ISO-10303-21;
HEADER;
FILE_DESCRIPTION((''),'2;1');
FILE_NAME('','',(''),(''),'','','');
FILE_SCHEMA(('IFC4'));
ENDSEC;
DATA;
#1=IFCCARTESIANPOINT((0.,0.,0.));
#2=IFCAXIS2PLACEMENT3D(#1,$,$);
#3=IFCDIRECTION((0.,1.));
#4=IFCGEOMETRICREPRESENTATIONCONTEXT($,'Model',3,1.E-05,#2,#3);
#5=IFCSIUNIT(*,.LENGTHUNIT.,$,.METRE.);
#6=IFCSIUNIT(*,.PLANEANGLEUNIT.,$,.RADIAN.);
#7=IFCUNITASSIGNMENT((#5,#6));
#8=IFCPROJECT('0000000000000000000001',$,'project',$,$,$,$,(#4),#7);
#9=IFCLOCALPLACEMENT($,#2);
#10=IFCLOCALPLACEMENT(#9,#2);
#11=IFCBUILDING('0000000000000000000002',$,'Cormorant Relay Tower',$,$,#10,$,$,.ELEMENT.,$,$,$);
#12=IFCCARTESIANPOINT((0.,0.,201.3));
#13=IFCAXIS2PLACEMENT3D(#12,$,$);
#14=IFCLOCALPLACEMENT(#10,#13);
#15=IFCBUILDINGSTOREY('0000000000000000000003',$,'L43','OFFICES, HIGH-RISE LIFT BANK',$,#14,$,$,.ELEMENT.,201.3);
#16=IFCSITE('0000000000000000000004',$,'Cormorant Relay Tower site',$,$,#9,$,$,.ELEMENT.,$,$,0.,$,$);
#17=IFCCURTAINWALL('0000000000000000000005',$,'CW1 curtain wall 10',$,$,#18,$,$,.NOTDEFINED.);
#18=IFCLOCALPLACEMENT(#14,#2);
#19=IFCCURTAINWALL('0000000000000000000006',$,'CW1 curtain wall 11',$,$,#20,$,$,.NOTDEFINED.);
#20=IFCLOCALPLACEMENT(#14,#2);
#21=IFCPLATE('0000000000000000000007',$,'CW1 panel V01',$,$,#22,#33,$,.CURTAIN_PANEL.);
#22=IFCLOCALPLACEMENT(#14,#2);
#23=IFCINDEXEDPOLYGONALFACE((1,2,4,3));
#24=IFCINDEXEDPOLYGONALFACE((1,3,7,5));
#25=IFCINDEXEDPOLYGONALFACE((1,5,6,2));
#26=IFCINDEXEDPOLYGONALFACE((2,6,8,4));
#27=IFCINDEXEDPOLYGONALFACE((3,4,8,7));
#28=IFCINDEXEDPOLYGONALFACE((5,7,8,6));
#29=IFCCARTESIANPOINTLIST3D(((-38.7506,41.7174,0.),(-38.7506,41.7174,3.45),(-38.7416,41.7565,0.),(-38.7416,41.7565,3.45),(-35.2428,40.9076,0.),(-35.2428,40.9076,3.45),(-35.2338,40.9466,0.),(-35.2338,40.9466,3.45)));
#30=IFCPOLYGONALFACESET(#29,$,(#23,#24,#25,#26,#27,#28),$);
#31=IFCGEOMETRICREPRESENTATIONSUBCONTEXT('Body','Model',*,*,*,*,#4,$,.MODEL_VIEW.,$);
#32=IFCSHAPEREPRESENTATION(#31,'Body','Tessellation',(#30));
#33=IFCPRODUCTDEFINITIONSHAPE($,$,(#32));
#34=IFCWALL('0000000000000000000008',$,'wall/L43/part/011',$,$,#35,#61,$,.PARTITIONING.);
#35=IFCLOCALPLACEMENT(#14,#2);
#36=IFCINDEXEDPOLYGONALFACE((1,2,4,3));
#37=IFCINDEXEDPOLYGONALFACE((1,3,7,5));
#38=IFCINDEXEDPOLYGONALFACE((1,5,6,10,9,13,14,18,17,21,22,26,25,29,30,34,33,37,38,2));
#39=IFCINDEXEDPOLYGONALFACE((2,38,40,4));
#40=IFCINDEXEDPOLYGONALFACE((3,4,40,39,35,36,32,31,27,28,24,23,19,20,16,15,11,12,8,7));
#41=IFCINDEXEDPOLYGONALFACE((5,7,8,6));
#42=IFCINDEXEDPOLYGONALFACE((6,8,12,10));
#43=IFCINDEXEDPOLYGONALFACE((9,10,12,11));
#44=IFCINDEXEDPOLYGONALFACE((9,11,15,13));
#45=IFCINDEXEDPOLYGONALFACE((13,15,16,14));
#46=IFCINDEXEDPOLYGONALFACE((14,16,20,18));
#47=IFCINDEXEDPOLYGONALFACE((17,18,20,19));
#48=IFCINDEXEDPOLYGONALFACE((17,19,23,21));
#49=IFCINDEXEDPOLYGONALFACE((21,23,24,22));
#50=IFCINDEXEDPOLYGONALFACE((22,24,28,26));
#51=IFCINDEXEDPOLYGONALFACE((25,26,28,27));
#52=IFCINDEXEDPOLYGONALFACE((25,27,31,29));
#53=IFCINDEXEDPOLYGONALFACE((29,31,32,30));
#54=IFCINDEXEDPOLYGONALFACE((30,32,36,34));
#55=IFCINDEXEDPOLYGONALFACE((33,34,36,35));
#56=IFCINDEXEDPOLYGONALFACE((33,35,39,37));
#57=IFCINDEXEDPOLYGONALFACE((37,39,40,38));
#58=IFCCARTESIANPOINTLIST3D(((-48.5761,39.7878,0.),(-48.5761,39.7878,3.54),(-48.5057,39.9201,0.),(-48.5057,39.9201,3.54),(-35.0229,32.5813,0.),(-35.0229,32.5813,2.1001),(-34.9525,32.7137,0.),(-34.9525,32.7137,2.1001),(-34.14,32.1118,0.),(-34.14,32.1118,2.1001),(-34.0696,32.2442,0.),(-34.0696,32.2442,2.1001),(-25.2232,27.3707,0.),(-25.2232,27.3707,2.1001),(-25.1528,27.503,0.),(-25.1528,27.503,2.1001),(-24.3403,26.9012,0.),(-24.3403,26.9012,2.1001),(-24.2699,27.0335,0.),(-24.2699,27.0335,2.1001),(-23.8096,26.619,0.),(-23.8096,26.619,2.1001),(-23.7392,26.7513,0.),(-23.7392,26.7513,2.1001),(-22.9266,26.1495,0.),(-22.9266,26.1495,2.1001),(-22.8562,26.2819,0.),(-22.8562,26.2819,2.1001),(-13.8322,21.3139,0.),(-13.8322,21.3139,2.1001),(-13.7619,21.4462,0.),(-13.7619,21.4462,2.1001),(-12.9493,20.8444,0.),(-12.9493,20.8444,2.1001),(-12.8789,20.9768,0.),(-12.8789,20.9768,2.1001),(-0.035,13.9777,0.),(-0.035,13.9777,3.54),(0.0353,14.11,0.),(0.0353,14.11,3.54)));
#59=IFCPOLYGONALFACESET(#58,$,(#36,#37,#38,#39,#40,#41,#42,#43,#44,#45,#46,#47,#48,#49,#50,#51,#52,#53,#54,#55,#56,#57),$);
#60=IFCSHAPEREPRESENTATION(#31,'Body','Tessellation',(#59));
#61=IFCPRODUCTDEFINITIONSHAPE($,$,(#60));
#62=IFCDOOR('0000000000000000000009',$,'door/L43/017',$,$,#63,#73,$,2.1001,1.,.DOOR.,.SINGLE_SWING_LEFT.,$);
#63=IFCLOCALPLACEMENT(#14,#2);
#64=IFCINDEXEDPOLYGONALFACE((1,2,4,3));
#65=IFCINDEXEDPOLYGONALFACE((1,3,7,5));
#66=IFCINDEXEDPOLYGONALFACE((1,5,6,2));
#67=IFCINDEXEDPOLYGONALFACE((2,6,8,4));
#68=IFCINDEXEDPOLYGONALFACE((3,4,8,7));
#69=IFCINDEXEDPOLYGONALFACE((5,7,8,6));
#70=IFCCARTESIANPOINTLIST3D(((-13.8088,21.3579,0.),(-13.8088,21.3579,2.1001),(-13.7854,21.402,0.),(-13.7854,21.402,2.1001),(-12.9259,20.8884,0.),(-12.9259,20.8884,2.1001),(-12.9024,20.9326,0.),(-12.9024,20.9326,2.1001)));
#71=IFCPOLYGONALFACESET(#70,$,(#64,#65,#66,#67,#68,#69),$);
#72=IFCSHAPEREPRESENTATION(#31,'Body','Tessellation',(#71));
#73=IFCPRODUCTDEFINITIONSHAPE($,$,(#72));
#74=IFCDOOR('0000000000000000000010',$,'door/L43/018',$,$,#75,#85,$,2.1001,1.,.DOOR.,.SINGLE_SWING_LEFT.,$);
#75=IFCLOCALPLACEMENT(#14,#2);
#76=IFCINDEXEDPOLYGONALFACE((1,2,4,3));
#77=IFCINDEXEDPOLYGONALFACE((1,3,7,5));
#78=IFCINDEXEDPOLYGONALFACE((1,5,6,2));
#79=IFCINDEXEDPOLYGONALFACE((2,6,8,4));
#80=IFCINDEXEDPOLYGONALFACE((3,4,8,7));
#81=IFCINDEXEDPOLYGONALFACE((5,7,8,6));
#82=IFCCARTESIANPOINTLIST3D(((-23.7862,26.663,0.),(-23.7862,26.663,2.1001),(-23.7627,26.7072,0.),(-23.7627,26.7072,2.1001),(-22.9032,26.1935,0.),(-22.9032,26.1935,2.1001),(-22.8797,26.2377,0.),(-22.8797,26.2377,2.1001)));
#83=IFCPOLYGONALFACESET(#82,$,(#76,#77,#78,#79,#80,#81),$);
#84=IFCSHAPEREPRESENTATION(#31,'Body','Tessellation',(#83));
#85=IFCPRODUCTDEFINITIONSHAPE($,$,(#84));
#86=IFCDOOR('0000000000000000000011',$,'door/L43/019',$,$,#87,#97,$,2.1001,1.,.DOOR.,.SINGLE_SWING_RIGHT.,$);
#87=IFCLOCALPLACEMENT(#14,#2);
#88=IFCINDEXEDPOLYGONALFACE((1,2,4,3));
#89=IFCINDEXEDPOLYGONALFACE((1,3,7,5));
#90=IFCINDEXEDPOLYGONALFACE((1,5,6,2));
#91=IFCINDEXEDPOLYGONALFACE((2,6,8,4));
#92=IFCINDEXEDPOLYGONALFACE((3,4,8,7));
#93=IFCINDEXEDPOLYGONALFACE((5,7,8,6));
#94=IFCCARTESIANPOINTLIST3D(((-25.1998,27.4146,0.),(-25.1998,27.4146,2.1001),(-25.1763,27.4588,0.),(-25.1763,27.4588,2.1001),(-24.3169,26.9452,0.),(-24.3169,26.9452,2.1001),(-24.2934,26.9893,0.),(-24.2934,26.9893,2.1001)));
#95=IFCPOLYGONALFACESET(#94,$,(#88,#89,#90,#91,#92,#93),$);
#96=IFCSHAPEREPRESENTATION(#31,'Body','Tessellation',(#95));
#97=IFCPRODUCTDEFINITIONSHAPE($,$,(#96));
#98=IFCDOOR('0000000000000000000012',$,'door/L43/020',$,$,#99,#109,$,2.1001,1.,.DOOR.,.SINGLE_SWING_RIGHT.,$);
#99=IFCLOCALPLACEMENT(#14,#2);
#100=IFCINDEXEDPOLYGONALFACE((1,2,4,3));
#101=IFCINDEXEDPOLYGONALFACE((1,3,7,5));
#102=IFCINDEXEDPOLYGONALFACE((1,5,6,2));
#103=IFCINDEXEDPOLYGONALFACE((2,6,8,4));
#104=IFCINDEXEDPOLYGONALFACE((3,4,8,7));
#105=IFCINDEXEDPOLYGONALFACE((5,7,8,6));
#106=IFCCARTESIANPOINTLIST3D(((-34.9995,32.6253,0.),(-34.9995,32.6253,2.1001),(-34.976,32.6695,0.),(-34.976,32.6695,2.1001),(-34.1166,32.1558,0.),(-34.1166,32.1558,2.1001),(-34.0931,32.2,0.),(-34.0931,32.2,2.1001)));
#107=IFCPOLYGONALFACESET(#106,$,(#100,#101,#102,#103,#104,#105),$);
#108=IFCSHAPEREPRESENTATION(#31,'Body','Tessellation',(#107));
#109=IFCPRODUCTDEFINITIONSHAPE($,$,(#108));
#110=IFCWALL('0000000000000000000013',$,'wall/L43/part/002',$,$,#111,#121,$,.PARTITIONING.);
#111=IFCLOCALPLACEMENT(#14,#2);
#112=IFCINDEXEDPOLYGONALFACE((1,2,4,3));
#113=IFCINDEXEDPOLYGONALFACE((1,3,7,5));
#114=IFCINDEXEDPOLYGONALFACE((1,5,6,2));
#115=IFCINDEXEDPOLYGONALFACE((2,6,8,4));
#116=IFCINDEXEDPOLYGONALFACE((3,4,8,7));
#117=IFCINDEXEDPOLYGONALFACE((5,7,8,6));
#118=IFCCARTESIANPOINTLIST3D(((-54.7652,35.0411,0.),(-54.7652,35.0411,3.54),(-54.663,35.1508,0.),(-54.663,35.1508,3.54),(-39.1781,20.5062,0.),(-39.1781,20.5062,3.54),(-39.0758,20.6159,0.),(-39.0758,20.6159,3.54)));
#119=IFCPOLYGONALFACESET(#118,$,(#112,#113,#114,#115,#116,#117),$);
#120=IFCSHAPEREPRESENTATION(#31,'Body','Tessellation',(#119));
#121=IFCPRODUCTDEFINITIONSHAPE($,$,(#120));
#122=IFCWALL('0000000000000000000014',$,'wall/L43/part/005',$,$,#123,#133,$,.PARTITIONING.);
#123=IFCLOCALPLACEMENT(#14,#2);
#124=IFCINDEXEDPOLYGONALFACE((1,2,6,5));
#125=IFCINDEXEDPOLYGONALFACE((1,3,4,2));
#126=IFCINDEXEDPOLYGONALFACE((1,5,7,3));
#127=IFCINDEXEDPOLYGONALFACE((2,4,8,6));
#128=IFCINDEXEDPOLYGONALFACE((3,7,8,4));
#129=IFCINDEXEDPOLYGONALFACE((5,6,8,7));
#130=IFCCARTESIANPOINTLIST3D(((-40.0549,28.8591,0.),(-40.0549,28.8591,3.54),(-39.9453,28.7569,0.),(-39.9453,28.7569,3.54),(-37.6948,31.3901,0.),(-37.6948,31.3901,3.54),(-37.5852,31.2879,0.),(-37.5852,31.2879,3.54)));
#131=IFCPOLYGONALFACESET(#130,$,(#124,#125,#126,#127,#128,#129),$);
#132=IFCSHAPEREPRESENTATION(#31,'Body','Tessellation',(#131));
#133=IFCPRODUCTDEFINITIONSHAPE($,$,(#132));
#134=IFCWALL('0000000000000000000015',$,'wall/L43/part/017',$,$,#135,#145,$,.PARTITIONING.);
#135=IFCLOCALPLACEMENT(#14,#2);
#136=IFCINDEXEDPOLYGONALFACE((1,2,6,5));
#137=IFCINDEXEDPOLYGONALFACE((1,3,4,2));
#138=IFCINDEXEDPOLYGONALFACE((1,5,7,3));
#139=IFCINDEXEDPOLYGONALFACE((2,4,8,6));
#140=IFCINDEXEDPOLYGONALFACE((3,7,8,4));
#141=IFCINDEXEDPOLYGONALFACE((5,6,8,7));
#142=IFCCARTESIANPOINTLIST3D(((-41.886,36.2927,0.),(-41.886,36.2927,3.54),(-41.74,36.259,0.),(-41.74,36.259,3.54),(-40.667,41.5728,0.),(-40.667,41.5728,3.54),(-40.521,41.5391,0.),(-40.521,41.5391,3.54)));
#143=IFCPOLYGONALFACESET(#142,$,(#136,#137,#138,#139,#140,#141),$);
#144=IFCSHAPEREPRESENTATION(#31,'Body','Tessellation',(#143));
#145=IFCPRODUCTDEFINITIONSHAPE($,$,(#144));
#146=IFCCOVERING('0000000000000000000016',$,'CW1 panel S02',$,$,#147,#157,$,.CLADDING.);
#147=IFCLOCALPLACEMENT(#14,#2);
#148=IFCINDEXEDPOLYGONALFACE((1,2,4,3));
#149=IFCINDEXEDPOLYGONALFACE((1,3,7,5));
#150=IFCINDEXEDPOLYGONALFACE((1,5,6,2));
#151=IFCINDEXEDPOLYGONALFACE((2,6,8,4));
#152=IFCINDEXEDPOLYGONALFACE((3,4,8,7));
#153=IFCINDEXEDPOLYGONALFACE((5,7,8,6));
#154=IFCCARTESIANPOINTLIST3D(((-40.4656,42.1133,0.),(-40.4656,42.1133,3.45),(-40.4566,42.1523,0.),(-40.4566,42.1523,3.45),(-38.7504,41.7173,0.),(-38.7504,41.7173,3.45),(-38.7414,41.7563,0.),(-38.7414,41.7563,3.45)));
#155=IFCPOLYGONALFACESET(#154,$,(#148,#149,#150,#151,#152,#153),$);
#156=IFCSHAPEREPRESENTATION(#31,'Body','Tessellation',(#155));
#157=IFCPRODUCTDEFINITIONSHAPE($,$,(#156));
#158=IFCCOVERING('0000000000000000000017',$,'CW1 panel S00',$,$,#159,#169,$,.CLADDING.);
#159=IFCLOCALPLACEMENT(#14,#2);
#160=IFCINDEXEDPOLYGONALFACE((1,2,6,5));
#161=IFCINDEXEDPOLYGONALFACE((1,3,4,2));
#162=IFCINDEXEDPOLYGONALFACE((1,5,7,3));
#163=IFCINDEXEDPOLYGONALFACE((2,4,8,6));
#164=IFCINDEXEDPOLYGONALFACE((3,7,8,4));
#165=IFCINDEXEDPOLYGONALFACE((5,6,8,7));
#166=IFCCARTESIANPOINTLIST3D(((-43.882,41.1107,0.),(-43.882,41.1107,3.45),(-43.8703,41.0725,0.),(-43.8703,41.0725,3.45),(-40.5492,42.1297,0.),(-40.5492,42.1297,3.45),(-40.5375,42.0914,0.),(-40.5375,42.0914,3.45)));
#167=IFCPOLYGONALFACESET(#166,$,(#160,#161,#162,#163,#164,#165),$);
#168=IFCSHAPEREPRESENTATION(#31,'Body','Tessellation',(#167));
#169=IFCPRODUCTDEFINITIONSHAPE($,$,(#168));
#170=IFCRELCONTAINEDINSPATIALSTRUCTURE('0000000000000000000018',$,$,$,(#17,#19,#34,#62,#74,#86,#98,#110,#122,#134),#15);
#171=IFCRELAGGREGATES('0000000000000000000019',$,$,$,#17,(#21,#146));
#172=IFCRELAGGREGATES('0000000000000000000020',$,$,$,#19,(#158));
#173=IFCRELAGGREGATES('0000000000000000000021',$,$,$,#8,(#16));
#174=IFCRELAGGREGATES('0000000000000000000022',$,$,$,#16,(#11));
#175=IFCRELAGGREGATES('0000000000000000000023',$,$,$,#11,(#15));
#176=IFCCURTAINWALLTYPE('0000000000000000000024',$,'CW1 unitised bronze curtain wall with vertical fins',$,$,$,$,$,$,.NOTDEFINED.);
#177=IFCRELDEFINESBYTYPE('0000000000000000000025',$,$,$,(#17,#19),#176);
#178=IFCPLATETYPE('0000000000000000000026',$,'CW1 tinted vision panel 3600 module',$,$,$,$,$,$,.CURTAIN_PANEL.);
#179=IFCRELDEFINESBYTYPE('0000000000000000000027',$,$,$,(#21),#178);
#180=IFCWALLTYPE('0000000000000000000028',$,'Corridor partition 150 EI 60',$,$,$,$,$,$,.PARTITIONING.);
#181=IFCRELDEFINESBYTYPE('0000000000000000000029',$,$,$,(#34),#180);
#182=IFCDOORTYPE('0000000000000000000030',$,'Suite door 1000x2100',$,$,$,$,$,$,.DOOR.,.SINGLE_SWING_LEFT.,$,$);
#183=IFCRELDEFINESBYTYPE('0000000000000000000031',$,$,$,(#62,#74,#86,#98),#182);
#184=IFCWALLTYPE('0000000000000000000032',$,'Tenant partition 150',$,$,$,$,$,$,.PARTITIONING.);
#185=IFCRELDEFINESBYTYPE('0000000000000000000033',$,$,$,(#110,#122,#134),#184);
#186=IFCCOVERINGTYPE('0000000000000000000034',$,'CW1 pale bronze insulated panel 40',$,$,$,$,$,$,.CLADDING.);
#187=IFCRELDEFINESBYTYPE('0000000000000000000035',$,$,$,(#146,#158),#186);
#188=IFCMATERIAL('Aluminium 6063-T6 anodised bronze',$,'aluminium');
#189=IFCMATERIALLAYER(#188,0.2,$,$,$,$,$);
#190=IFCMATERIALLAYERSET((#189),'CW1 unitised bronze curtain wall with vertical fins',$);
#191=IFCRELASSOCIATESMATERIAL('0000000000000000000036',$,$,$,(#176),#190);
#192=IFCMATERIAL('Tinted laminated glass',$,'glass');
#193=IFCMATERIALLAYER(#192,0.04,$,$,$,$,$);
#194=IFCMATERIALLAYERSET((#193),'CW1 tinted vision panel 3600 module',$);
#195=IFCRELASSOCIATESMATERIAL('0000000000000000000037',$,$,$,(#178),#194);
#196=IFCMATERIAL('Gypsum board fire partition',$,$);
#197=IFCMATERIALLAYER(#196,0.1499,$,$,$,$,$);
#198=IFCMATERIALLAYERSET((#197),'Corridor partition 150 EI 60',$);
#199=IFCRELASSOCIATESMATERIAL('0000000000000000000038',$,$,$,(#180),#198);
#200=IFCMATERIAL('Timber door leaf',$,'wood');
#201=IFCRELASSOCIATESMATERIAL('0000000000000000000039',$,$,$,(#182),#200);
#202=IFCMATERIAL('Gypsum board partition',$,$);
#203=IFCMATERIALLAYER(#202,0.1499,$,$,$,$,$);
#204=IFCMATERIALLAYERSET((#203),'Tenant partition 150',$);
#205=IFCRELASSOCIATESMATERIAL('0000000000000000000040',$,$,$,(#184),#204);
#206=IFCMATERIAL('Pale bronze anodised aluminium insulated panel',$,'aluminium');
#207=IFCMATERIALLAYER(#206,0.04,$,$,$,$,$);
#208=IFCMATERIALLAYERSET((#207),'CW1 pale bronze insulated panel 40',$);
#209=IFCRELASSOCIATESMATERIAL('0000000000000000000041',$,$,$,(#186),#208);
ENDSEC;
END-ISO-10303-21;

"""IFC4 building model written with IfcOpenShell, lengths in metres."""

from ifc_helpers import new_model, si_unit, direction, frame, frame_2d, origin, origin_2d, place, context, subcontext, project, spatial, rectangle, extrude, material, layer, layer_set, type_object, element, fill, aggregate, save


model = new_model("IFC4")

# Units and contexts
model_context = context("Model", 3, precision=1e-05, world=origin(), true_north=direction((0.0, 1.0)))
body_context = subcontext(model_context, "Body", "Model", "MODEL_VIEW")
ifc_project = project(units=[si_unit("LENGTHUNIT", "METRE"), si_unit("PLANEANGLEUNIT", "RADIAN")], contexts=[model_context])

# Site, building, storey
site_placement = place(None, origin())
site = spatial("IfcSite", under=ifc_project, at=site_placement, Name="Cormorant Relay Tower site", CompositionType="ELEMENT", RefElevation=0.0)
building_placement = place(site_placement, origin())
building = spatial("IfcBuilding", under=site, at=building_placement, Name="Cormorant Relay Tower", CompositionType="ELEMENT")
storey_placement = place(building_placement, frame((0.0, 0.0, 201.3)))
storey = spatial("IfcBuildingStorey", under=building, at=storey_placement, Name="L43", Description="OFFICES, HIGH-RISE LIFT BANK", CompositionType="ELEMENT", Elevation=201.3)

# Curtain wall
ifc_material_1 = material(Name="Aluminium 6063-T6 anodised bronze", Category="aluminium")
ifc_layer_1 = layer(ifc_material_1, 0.2)
ifc_layer_set_1 = layer_set([ifc_layer_1], Name="CW1 unitised bronze curtain wall with vertical fins")
curtain_wall_type = type_object("IfcCurtainWallType", Name="CW1 unitised bronze curtain wall with vertical fins", PredefinedType="NOTDEFINED", material=ifc_layer_set_1)
curtain_wall_1_placement = place(storey_placement, origin())
curtain_wall_1 = element("IfcCurtainWall", 1, at=curtain_wall_1_placement, inside=storey, type_object=curtain_wall_type, Name="CW1 curtain wall 10", PredefinedType="NOTDEFINED")

# Curtain wall
curtain_wall_2_placement = place(storey_placement, origin())
curtain_wall_2 = element("IfcCurtainWall", 2, at=curtain_wall_2_placement, inside=storey, type_object=curtain_wall_type, Name="CW1 curtain wall 11", PredefinedType="NOTDEFINED")

# Plate
ifc_material_2 = material(Name="Tinted laminated glass", Category="glass")
ifc_layer_2 = layer(ifc_material_2, 0.04)
ifc_layer_set_2 = layer_set([ifc_layer_2], Name="CW1 tinted vision panel 3600 module")
plate_type_1 = type_object("IfcPlateType", Name="CW1 tinted vision panel 3600 module", PredefinedType="CURTAIN_PANEL", material=ifc_layer_set_2)
plate_1_placement = place(storey_placement, frame((-36.9922, 41.332, 0.0), z_axis=(0.0, 0.0, 1.0), x_axis=(-0.97437, 0.224951, 0.0)))
plate_1 = element("IfcPlate", 3, at=plate_1_placement, type_object=plate_type_1, Name="CW1 panel V01", PredefinedType="CURTAIN_PANEL", context=body_context, shape_type="SweptSolid", body=[
    extrude(rectangle(XDim=3.6001, YDim=0.04, at=origin_2d()), origin(), (0.0, 0.0, 1.0), 3.45),
])

# Wall, openings, doors
ifc_material_3 = material(Name="Gypsum board fire partition")
ifc_layer_3 = layer(ifc_material_3, 0.1499)
ifc_layer_set_3 = layer_set([ifc_layer_3], Name="Corridor partition 150 EI 60")
wall_type_1 = type_object("IfcWallType", Name="Corridor partition 150 EI 60", PredefinedType="PARTITIONING", material=ifc_layer_set_3)
wall_1_placement = place(storey_placement, frame((-48.541, 39.854, 0.0), z_axis=(0.0, 0.0, 1.0), x_axis=(0.882945, -0.469476, 0.0)))
wall_1 = element("IfcWall", 4, at=wall_1_placement, inside=storey, type_object=wall_type_1, Name="wall/L43/part/011", PredefinedType="PARTITIONING", context=body_context, shape_type="SweptSolid", body=[
    extrude(rectangle(XDim=54.9763, YDim=0.1499, at=frame_2d((27.4883, 0.0))), origin(), (0.0, 0.0, 1.0), 3.54),
])
opening_1_placement = place(wall_1_placement, frame((39.3501, 0.0, 0.0)))
opening_1 = element("IfcOpeningElement", 5, at=opening_1_placement, cuts=wall_1, PredefinedType="OPENING", context=body_context, shape_type="SweptSolid", body=[
    extrude(rectangle(XDim=1.0, YDim=2.1001, at=frame_2d((0.5, 1.05))), frame((0.0, 0.085, 0.0), z_axis=(0.0, -1.0, 0.0), x_axis=(1.0, 0.0, 0.0)), (0.0, 0.0, 1.0), 0.1699),
])
opening_2_placement = place(wall_1_placement, frame((28.05, 0.0, 0.0)))
opening_2 = element("IfcOpeningElement", 6, at=opening_2_placement, cuts=wall_1, PredefinedType="OPENING", context=body_context, shape_type="SweptSolid", body=[
    extrude(rectangle(XDim=1.0, YDim=2.1001, at=frame_2d((0.5, 1.05))), frame((0.0, 0.085, 0.0), z_axis=(0.0, -1.0, 0.0), x_axis=(1.0, 0.0, 0.0)), (0.0, 0.0, 1.0), 0.1699),
])
opening_3_placement = place(wall_1_placement, frame((26.449, 0.0, 0.0)))
opening_3 = element("IfcOpeningElement", 7, at=opening_3_placement, cuts=wall_1, PredefinedType="OPENING", context=body_context, shape_type="SweptSolid", body=[
    extrude(rectangle(XDim=1.0, YDim=2.1001, at=frame_2d((0.5, 1.05))), frame((0.0, 0.085, 0.0), z_axis=(0.0, -1.0, 0.0), x_axis=(1.0, 0.0, 0.0)), (0.0, 0.0, 1.0), 0.1699),
])
opening_4_placement = place(wall_1_placement, frame((15.3501, 0.0, 0.0)))
opening_4 = element("IfcOpeningElement", 8, at=opening_4_placement, cuts=wall_1, PredefinedType="OPENING", context=body_context, shape_type="SweptSolid", body=[
    extrude(rectangle(XDim=1.0, YDim=2.1001, at=frame_2d((0.5, 1.05))), frame((0.0, 0.085, 0.0), z_axis=(0.0, -1.0, 0.0), x_axis=(1.0, 0.0, 0.0)), (0.0, 0.0, 1.0), 0.1699),
])
ifc_material_4 = material(Name="Timber door leaf", Category="wood")
door_type = type_object("IfcDoorType", Name="Suite door 1000x2100", OperationType="SINGLE_SWING_LEFT", PredefinedType="DOOR", material=ifc_material_4)
door_1_placement = place(opening_1_placement, origin())
door_1 = element("IfcDoor", 9, at=door_1_placement, inside=storey, type_object=door_type, Name="door/L43/017", OperationType="SINGLE_SWING_LEFT", OverallHeight=2.1001, OverallWidth=1.0, PredefinedType="DOOR", context=body_context, shape_type="SweptSolid", body=[
    extrude(rectangle(XDim=1.0, YDim=2.1001, at=frame_2d((0.5, 1.05))), frame((0.0, 0.0249, 0.0), z_axis=(0.0, -1.0, 0.0), x_axis=(1.0, 0.0, 0.0)), (0.0, 0.0, 1.0), 0.05),
])
fill(opening_1, door_1)
door_2_placement = place(opening_2_placement, origin())
door_2 = element("IfcDoor", 10, at=door_2_placement, inside=storey, type_object=door_type, Name="door/L43/018", OperationType="SINGLE_SWING_LEFT", OverallHeight=2.1001, OverallWidth=1.0, PredefinedType="DOOR", context=body_context, shape_type="SweptSolid", body=[
    extrude(rectangle(XDim=1.0, YDim=2.1001, at=frame_2d((0.5, 1.05))), frame((0.0, 0.0249, 0.0), z_axis=(0.0, -1.0, 0.0), x_axis=(1.0, 0.0, 0.0)), (0.0, 0.0, 1.0), 0.05),
])
fill(opening_2, door_2)
door_3_placement = place(opening_3_placement, origin())
door_3 = element("IfcDoor", 11, at=door_3_placement, inside=storey, type_object=door_type, Name="door/L43/019", OperationType="SINGLE_SWING_RIGHT", OverallHeight=2.1001, OverallWidth=1.0, PredefinedType="DOOR", context=body_context, shape_type="SweptSolid", body=[
    extrude(rectangle(XDim=1.0, YDim=2.1001, at=frame_2d((0.5, 1.05))), frame((0.0, 0.0249, 0.0), z_axis=(0.0, -1.0, 0.0), x_axis=(1.0, 0.0, 0.0)), (0.0, 0.0, 1.0), 0.05),
])
fill(opening_3, door_3)
door_4_placement = place(opening_4_placement, origin())
door_4 = element("IfcDoor", 12, at=door_4_placement, inside=storey, type_object=door_type, Name="door/L43/020", OperationType="SINGLE_SWING_RIGHT", OverallHeight=2.1001, OverallWidth=1.0, PredefinedType="DOOR", context=body_context, shape_type="SweptSolid", body=[
    extrude(rectangle(XDim=1.0, YDim=2.1001, at=frame_2d((0.5, 1.05))), frame((0.0, 0.0249, 0.0), z_axis=(0.0, -1.0, 0.0), x_axis=(1.0, 0.0, 0.0)), (0.0, 0.0, 1.0), 0.05),
])
fill(opening_4, door_4)

# Walls
ifc_material_5 = material(Name="Gypsum board partition")
ifc_layer_4 = layer(ifc_material_5, 0.1499)
ifc_layer_set_4 = layer_set([ifc_layer_4], Name="Tenant partition 150")
wall_type_2 = type_object("IfcWallType", Name="Tenant partition 150", PredefinedType="PARTITIONING", material=ifc_layer_set_4)
wall_2_placement = place(storey_placement, frame((-54.7141, 35.0959, 0.0), z_axis=(0.0, 0.0, 1.0), x_axis=(0.731362, -0.68199, 0.0)))
element("IfcWall", 13, at=wall_2_placement, inside=storey, type_object=wall_type_2, Name="wall/L43/part/002", PredefinedType="PARTITIONING", context=body_context, shape_type="SweptSolid", body=[
    extrude(rectangle(XDim=21.3125, YDim=0.1499, at=frame_2d((10.6562, 0.0))), origin(), (0.0, 0.0, 1.0), 3.54),
])
wall_3_placement = place(storey_placement, frame((-37.6399, 31.3391, 0.0), z_axis=(0.0, 0.0, 1.0), x_axis=(-0.681984, -0.731367, 0.0)))
element("IfcWall", 14, at=wall_3_placement, inside=storey, type_object=wall_type_2, Name="wall/L43/part/005", PredefinedType="PARTITIONING", context=body_context, shape_type="SweptSolid", body=[
    extrude(rectangle(XDim=3.4607, YDim=0.1499, at=frame_2d((1.7305, 0.0))), origin(), (0.0, 0.0, 1.0), 3.54),
])
wall_4_placement = place(storey_placement, frame((-41.813, 36.2759, 0.0), z_axis=(0.0, 0.0, 1.0), x_axis=(0.224952, 0.97437, 0.0)))
element("IfcWall", 15, at=wall_4_placement, inside=storey, type_object=wall_type_2, Name="wall/L43/part/017", PredefinedType="PARTITIONING", context=body_context, shape_type="SweptSolid", body=[
    extrude(rectangle(XDim=5.4189, YDim=0.1499, at=frame_2d((2.7095, 0.0))), origin(), (0.0, 0.0, 1.0), 3.54),
])

# Coverings
ifc_material_6 = material(Name="Pale bronze anodised aluminium insulated panel", Category="aluminium")
ifc_layer_5 = layer(ifc_material_6, 0.04)
ifc_layer_set_5 = layer_set([ifc_layer_5], Name="CW1 pale bronze insulated panel 40")
covering_type = type_object("IfcCoveringType", Name="CW1 pale bronze insulated panel 40", PredefinedType="CLADDING", material=ifc_layer_set_5)
covering_1_placement = place(storey_placement, frame((-39.6035, 41.9348, 0.0), z_axis=(0.0, 0.0, 1.0), x_axis=(-0.97437, 0.224951, 0.0)))
covering_1 = element("IfcCovering", 16, at=covering_1_placement, type_object=covering_type, Name="CW1 panel S02", PredefinedType="CLADDING", context=body_context, shape_type="SweptSolid", body=[
    extrude(rectangle(XDim=1.7603, YDim=0.04, at=origin_2d()), origin(), (0.0, 0.0, 1.0), 3.45),
])
aggregate(curtain_wall_1, [plate_1, covering_1])
covering_2_placement = place(storey_placement, frame((-42.2097, 41.6011, 0.0), z_axis=(0.0, 0.0, 1.0), x_axis=(-0.956305, -0.292372, 0.0)))
covering_2 = element("IfcCovering", 17, at=covering_2_placement, type_object=covering_type, Name="CW1 panel S00", PredefinedType="CLADDING", context=body_context, shape_type="SweptSolid", body=[
    extrude(rectangle(XDim=3.4851, YDim=0.04, at=origin_2d()), origin(), (0.0, 0.0, 1.0), 3.45),
])
aggregate(curtain_wall_2, [covering_2])

save(model, "model.ifc")
